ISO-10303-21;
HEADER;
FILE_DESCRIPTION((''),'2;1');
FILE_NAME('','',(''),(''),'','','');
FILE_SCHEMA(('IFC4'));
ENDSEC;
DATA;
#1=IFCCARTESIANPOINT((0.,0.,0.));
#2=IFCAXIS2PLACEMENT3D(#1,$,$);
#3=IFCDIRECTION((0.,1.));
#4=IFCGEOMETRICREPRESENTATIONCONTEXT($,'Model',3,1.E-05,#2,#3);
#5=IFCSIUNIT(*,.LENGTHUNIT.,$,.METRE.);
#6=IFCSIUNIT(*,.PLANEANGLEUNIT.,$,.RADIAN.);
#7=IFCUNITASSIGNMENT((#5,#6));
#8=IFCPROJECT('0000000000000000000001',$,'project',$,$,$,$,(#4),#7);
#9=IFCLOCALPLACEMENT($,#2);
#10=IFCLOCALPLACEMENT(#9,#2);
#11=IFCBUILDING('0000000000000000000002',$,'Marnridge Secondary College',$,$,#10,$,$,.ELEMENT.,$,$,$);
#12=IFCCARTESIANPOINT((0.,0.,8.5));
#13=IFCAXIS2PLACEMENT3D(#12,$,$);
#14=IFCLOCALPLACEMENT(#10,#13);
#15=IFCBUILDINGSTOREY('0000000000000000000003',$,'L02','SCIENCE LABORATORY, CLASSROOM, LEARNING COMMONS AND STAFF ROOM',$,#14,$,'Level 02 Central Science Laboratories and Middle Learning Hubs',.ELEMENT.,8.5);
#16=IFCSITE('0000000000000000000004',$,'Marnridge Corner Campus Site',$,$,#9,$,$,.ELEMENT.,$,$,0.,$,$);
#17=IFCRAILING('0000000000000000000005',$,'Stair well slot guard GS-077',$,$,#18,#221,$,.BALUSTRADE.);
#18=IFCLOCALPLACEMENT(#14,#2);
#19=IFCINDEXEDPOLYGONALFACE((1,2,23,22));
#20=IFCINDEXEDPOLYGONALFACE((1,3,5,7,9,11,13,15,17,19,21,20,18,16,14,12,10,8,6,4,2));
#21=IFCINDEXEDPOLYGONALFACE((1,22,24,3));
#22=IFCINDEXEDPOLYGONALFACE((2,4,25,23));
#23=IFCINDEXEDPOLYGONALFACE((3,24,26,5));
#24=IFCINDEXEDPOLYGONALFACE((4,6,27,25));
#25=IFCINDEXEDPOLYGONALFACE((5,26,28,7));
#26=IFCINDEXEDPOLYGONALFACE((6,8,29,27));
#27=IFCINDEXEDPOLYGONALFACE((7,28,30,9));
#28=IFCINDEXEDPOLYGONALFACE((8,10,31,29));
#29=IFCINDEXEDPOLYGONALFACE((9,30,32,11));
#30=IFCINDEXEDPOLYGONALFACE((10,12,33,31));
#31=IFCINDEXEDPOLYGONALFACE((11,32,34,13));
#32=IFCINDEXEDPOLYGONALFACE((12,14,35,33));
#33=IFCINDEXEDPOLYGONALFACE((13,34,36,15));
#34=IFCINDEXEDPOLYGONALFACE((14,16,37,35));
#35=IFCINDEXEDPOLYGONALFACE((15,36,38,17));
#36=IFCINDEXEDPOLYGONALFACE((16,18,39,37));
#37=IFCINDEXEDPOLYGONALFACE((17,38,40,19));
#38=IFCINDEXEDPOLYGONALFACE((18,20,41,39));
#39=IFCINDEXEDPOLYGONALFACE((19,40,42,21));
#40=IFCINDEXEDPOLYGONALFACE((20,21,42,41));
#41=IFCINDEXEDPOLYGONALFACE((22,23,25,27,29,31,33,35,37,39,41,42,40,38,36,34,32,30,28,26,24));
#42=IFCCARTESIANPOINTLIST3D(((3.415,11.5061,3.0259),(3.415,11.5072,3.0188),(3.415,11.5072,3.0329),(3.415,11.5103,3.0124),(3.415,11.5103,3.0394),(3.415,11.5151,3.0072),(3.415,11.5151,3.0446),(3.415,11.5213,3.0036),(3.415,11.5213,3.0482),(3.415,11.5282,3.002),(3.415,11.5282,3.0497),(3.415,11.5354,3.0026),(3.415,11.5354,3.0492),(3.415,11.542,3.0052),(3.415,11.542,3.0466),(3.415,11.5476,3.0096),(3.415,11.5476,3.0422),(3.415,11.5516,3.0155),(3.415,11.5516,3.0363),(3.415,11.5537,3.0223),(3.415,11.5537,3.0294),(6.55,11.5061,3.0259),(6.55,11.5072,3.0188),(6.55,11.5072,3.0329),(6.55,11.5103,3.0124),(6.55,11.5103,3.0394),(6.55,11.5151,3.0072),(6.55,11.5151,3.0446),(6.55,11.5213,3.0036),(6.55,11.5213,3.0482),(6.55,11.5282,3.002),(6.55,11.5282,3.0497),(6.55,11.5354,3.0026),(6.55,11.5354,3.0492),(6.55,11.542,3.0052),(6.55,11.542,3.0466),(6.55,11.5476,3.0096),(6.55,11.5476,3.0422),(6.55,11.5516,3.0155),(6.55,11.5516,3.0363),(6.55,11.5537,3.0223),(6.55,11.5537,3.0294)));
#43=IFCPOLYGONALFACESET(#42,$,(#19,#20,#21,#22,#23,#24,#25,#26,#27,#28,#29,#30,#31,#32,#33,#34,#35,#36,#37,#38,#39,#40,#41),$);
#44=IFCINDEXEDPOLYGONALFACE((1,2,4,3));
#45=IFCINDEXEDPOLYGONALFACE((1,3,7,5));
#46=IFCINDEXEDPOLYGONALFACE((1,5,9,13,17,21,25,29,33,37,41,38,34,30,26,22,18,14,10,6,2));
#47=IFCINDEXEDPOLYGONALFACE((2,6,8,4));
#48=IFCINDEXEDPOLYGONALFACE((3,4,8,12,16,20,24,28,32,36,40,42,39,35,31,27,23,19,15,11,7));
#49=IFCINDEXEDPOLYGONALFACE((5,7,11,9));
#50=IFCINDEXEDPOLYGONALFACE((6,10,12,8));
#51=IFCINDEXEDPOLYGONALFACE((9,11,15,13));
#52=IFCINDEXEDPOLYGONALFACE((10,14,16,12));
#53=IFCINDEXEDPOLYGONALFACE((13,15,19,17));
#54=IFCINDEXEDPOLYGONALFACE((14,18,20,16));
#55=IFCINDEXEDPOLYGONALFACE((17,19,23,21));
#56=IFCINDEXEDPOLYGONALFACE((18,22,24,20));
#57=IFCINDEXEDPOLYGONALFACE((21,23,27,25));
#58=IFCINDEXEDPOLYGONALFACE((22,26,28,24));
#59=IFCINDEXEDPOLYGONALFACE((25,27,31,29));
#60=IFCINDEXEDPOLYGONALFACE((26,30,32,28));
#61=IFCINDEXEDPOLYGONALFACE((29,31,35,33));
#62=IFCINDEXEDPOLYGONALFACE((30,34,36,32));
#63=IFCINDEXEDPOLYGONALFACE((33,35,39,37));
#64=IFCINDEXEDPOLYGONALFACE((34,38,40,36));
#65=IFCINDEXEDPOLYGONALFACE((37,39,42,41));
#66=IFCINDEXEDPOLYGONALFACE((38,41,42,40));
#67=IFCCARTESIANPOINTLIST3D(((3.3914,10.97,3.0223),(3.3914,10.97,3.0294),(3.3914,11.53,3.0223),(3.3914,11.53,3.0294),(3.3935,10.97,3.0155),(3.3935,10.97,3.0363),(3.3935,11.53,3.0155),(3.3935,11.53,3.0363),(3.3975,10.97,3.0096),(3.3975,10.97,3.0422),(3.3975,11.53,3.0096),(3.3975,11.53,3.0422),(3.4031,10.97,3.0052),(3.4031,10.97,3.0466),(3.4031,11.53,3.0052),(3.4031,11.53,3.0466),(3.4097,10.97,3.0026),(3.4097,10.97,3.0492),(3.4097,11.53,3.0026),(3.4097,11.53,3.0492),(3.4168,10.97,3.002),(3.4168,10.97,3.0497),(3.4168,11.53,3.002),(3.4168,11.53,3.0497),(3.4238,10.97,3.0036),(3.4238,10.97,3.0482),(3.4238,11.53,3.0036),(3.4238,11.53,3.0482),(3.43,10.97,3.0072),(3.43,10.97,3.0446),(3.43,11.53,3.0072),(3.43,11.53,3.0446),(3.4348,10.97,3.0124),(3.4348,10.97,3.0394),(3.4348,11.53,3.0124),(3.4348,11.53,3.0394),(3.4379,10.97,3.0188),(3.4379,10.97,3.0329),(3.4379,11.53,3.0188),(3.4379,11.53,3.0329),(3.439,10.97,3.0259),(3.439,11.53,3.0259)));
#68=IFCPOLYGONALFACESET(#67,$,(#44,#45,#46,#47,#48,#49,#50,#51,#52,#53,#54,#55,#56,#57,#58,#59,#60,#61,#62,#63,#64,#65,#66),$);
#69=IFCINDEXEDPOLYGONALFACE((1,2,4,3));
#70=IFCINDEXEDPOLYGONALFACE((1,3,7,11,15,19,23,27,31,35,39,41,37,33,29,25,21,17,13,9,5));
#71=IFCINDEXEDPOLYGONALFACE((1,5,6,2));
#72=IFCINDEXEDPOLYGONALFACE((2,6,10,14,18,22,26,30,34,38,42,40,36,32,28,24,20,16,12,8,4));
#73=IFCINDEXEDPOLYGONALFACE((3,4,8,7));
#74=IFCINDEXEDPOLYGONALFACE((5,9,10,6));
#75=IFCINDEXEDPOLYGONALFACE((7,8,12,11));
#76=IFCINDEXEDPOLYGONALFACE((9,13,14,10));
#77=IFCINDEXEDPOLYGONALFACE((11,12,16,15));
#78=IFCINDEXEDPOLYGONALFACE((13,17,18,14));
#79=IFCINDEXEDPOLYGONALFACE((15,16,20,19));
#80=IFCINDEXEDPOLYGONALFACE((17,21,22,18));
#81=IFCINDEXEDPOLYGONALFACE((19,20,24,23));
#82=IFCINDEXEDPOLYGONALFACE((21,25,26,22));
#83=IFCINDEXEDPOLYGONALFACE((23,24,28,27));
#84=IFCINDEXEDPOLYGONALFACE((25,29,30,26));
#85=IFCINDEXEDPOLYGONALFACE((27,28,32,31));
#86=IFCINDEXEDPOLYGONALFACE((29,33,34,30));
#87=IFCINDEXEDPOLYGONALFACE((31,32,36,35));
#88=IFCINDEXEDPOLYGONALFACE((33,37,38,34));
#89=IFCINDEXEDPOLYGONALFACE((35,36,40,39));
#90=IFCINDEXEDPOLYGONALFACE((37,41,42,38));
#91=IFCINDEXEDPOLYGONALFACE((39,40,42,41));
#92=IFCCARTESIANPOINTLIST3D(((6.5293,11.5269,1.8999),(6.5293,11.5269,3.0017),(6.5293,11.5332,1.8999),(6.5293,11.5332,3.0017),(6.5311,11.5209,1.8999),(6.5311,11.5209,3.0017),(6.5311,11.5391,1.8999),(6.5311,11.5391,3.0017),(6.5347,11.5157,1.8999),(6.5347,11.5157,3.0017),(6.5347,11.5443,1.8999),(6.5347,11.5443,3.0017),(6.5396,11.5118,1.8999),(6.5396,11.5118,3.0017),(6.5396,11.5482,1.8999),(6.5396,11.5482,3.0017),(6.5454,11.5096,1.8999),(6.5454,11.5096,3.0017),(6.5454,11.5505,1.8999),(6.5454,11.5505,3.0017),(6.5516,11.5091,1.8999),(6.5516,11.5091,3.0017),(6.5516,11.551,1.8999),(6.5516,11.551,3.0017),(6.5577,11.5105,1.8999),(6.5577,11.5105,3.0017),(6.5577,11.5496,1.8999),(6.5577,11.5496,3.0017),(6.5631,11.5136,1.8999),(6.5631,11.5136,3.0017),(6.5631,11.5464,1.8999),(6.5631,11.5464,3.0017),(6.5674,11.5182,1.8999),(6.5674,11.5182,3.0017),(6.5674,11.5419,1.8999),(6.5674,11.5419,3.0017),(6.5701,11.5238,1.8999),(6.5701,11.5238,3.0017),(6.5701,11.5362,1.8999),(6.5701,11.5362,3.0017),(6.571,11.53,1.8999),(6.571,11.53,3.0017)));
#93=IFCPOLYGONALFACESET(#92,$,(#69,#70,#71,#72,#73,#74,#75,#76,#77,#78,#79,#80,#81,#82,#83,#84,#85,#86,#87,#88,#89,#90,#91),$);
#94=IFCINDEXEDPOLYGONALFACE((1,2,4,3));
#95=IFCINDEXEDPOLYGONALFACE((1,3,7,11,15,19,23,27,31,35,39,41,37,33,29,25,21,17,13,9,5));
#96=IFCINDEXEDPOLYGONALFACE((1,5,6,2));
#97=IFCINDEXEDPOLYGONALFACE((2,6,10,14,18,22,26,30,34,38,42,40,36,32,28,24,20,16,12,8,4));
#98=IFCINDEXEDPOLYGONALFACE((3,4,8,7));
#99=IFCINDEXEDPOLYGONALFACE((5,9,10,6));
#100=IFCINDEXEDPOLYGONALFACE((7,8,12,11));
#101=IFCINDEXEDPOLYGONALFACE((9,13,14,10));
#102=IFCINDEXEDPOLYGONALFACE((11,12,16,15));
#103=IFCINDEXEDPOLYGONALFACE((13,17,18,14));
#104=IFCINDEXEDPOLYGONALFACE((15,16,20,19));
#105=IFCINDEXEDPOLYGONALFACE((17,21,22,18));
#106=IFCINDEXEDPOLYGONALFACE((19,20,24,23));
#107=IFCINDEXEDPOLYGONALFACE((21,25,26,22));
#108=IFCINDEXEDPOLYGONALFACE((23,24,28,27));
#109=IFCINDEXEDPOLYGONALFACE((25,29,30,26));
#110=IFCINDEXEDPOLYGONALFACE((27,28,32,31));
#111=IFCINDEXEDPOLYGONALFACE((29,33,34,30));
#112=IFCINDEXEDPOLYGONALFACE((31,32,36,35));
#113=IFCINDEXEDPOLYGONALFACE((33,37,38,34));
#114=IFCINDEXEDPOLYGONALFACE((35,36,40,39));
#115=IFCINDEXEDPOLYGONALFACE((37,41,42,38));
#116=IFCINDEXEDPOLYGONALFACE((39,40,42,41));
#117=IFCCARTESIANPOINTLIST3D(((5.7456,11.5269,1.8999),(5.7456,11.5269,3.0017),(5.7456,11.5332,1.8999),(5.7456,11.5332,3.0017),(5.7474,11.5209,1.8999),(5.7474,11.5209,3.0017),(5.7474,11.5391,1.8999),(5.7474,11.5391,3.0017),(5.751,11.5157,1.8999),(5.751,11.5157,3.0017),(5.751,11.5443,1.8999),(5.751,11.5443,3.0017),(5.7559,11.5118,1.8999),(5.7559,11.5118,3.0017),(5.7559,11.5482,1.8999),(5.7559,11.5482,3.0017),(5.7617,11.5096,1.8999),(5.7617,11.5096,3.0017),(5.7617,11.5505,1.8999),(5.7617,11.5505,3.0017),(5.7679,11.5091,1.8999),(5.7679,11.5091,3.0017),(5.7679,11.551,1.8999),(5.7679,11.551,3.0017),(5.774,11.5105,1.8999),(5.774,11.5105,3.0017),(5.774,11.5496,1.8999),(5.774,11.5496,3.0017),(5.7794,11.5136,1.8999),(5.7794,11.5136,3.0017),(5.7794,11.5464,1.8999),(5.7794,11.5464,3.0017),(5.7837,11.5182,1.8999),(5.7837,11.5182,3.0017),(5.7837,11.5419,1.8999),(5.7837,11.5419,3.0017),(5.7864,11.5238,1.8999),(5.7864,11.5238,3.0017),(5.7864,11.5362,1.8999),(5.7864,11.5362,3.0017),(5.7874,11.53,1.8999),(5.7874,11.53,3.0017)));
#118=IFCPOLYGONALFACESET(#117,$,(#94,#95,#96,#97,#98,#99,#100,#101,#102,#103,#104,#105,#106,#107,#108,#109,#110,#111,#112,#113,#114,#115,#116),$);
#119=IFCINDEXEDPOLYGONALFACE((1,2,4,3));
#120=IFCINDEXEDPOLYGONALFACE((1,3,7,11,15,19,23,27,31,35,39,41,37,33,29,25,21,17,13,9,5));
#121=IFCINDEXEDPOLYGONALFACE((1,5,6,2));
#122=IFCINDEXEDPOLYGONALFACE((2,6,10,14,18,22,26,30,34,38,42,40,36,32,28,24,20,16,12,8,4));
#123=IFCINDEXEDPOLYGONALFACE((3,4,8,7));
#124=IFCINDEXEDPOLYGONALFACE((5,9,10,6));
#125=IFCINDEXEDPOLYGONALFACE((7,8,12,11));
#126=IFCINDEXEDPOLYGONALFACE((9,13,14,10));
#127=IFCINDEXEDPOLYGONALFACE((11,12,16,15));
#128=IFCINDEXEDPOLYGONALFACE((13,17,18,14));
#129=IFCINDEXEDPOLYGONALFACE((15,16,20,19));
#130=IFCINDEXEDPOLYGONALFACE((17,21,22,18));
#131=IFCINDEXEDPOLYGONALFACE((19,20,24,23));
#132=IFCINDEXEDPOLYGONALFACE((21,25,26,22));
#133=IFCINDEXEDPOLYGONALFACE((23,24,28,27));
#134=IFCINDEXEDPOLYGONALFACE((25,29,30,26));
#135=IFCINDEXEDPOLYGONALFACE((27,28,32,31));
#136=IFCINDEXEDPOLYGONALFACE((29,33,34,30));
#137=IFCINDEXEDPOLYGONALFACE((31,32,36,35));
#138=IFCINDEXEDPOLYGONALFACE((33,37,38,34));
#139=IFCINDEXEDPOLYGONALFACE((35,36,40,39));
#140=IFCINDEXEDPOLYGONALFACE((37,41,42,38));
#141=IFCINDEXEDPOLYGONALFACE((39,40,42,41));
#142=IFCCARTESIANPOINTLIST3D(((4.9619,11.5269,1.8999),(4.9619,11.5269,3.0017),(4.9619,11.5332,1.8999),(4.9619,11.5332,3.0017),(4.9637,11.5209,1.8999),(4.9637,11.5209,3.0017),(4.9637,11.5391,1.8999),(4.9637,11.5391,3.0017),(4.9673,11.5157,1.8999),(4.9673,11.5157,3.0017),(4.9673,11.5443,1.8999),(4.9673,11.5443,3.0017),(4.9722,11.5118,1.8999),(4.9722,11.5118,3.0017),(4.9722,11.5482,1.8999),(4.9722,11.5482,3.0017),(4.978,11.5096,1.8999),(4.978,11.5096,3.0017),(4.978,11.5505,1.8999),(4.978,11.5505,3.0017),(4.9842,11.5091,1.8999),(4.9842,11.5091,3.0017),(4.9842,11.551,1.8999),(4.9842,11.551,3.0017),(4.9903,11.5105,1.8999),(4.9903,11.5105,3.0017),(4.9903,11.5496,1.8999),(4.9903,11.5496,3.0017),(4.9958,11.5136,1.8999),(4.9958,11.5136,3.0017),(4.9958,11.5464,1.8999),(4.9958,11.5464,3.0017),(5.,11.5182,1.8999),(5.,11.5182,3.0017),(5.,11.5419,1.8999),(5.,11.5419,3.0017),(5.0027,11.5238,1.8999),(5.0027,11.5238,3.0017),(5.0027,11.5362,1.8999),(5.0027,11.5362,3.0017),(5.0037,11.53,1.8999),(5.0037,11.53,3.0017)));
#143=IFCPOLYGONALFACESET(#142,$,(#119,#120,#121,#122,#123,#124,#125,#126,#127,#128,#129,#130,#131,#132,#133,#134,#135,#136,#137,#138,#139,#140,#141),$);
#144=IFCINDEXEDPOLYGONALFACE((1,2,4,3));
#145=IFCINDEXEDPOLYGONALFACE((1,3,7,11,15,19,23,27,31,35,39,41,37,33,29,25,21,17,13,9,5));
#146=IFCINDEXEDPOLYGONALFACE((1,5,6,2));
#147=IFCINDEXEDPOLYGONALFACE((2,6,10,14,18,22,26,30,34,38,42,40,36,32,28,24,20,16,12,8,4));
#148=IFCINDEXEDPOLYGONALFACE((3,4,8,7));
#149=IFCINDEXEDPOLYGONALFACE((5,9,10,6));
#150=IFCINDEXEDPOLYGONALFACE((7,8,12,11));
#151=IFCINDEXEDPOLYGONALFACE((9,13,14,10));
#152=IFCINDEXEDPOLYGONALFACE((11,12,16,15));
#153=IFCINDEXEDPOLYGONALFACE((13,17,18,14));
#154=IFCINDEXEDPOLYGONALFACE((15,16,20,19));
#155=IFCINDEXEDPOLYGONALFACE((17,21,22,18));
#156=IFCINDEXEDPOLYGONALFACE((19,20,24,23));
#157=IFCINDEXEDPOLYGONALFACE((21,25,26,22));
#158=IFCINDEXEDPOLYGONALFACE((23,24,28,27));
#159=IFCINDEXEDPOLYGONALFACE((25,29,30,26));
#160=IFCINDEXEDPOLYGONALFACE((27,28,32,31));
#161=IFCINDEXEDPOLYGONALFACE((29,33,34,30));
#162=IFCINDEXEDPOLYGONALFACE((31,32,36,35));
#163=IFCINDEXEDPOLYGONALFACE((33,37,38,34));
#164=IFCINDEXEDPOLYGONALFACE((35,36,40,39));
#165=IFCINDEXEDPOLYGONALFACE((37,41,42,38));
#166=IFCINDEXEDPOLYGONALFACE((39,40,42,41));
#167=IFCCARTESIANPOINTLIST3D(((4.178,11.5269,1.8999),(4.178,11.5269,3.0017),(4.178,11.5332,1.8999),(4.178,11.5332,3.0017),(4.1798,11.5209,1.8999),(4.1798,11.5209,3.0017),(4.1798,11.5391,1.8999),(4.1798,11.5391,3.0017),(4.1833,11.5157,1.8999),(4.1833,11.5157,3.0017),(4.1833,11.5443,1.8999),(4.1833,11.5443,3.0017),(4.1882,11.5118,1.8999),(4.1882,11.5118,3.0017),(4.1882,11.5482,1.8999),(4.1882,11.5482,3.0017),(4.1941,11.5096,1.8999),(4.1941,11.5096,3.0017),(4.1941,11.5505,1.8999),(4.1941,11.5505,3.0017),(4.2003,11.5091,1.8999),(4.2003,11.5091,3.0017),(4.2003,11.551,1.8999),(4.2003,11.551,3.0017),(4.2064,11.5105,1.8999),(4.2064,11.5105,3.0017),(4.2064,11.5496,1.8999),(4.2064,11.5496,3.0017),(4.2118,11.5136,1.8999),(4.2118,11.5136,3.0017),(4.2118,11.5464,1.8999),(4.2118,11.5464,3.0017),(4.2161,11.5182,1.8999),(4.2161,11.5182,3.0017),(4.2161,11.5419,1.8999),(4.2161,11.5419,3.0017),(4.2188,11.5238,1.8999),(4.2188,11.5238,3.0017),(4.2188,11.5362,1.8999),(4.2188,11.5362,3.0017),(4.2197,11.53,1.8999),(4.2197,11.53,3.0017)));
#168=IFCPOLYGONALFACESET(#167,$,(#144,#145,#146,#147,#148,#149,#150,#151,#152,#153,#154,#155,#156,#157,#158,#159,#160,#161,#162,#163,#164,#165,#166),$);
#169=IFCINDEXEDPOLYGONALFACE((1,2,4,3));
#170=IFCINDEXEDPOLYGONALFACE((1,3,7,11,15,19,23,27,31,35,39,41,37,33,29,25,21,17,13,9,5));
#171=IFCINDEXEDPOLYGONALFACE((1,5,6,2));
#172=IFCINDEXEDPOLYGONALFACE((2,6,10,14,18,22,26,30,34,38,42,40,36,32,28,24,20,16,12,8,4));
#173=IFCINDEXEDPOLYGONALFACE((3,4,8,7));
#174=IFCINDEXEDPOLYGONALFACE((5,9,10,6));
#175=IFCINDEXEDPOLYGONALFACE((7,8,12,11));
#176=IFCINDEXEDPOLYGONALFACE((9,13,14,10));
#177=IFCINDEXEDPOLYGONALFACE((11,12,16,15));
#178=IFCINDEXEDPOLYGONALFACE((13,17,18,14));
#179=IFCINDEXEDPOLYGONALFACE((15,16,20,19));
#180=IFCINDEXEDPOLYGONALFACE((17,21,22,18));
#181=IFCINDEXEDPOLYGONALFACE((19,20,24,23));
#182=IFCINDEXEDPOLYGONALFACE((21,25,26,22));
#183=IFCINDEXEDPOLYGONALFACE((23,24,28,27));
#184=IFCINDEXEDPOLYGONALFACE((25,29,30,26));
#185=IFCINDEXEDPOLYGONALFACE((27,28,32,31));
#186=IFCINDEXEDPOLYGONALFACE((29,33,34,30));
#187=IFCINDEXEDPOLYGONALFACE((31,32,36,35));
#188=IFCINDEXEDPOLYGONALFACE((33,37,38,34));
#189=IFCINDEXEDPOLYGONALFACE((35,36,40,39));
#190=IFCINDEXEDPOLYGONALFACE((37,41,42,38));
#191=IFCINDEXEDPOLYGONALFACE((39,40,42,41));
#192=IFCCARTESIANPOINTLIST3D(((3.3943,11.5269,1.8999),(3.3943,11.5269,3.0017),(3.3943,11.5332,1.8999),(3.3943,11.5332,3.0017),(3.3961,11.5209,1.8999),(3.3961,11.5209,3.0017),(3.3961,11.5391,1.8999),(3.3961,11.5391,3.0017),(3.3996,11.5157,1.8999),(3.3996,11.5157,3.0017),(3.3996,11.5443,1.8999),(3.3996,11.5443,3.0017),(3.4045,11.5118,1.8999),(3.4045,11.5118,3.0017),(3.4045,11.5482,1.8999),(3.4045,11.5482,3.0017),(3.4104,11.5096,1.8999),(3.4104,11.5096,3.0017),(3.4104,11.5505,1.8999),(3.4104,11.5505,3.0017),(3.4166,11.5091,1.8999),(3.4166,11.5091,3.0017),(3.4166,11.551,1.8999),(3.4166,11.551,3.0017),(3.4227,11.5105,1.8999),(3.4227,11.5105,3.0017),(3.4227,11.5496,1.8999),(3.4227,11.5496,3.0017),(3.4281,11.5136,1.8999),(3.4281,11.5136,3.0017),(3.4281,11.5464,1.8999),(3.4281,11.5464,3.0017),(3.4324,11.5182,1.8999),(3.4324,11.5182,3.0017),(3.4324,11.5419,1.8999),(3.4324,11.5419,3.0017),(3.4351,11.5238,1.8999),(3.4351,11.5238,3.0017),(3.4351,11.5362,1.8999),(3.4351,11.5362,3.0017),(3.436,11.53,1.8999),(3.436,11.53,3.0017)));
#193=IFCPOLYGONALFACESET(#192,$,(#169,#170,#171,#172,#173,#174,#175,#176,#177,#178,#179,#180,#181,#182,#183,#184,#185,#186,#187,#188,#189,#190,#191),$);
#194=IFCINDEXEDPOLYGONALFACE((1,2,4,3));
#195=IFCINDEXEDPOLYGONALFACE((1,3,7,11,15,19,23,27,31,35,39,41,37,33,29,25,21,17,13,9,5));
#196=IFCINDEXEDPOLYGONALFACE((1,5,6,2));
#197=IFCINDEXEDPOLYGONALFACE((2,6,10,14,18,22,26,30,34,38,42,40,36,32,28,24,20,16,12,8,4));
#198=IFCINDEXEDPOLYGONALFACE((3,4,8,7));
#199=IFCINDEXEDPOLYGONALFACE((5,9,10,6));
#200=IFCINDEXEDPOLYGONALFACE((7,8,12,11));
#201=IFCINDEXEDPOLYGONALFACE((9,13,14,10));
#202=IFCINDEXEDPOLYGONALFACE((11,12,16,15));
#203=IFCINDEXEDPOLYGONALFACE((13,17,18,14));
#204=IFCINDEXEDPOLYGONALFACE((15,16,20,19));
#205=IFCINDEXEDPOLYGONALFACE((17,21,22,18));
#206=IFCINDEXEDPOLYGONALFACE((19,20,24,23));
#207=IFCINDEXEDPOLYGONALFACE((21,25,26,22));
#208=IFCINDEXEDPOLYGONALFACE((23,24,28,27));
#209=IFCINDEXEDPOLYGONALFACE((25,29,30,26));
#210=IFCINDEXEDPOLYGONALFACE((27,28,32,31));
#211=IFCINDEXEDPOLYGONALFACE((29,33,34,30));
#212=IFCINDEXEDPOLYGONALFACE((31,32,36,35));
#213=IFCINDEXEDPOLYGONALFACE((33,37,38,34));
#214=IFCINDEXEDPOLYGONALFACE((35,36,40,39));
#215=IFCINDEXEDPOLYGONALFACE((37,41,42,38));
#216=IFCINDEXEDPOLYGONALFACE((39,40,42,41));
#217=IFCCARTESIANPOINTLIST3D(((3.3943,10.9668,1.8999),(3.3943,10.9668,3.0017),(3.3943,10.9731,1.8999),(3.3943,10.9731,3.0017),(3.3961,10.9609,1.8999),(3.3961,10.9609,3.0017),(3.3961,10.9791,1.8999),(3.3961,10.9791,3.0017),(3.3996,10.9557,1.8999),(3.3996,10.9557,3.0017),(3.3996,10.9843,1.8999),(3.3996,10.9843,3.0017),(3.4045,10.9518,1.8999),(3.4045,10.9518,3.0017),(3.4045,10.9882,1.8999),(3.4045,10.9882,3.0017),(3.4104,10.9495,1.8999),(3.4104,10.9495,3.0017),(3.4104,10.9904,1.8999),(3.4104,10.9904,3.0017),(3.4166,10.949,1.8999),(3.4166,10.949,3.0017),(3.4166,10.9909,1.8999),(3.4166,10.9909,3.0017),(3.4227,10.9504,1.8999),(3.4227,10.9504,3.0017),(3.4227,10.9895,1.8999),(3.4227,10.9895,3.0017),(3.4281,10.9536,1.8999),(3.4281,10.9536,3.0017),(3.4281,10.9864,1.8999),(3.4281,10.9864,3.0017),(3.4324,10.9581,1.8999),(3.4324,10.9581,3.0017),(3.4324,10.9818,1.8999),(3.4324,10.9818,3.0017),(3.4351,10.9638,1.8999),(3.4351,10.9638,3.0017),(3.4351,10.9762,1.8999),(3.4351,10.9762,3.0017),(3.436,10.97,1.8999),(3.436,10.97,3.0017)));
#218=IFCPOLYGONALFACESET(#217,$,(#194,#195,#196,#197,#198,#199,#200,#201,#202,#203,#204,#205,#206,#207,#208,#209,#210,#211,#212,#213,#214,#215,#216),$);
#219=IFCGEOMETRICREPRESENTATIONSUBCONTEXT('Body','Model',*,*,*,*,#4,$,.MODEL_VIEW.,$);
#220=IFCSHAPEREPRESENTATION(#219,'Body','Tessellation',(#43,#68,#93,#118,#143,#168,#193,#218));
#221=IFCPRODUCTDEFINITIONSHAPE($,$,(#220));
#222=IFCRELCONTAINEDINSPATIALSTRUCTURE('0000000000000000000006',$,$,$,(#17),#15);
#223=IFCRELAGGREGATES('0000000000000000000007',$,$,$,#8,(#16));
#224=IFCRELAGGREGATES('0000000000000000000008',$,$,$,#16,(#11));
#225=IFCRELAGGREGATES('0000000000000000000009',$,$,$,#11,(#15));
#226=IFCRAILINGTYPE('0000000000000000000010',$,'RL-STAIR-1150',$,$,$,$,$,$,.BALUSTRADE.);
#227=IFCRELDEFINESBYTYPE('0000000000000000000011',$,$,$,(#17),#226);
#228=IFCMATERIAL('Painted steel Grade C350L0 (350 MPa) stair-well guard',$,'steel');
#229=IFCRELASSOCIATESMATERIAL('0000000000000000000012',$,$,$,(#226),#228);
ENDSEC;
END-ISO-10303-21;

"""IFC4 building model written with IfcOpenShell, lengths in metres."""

from ifc_helpers import new_model, si_unit, direction, frame, origin, origin_2d, place, context, subcontext, project, spatial, circle, extrude, material, type_object, element, save


model = new_model("IFC4")

# Units and contexts
model_context = context("Model", 3, precision=1e-05, world=origin(), true_north=direction((0.0, 1.0)))
body_context = subcontext(model_context, "Body", "Model", "MODEL_VIEW")
ifc_project = project(units=[si_unit("LENGTHUNIT", "METRE"), si_unit("PLANEANGLEUNIT", "RADIAN")], contexts=[model_context])

# Site, building, storey
site_placement = place(None, origin())
site = spatial("IfcSite", under=ifc_project, at=site_placement, Name="Marnridge Corner Campus Site", CompositionType="ELEMENT", RefElevation=0.0)
building_placement = place(site_placement, origin())
building = spatial("IfcBuilding", under=site, at=building_placement, Name="Marnridge Secondary College", CompositionType="ELEMENT")
storey_placement = place(building_placement, frame((0.0, 0.0, 8.5)))
storey = spatial("IfcBuildingStorey", under=building, at=storey_placement, Name="L02", Description="SCIENCE LABORATORY, CLASSROOM, LEARNING COMMONS AND STAFF ROOM", LongName="Level 02 Central Science Laboratories and Middle Learning Hubs", CompositionType="ELEMENT", Elevation=8.5)

# Railing
ifc_material_1 = material(Name="Painted steel Grade C350L0 (350 MPa) stair-well guard", Category="steel")
railing_type_1 = type_object("IfcRailingType", Name="RL-STAIR-1150", PredefinedType="BALUSTRADE", material=ifc_material_1)
railing_1_placement = place(storey_placement, frame((6.55, 11.53, 1.8999)))
element("IfcRailing", 1, at=railing_1_placement, inside=storey, type_object=railing_type_1, Name="Stair well slot guard GS-077", PredefinedType="BALUSTRADE", context=body_context, shape_type="SweptSolid", body=[
    extrude(circle(Radius=0.0239, at=origin_2d()), frame((0.0, 0.0, 1.126), z_axis=(-1.0, 0.0, 0.0), x_axis=(0.0, -1.0, 0.0)), (0.0, 0.0, 1.0), 3.135),
    extrude(circle(Radius=0.0239, at=origin_2d()), frame((-3.135, 0.0, 1.126), z_axis=(0.0, -1.0, 0.0), x_axis=(1.0, 0.0, 0.0)), (0.0, 0.0, 1.0), 0.5601),
    extrude(circle(Radius=0.021, at=origin_2d()), origin(), (0.0, 0.0, 1.0), 1.1018),
    extrude(circle(Radius=0.021, at=origin_2d()), frame((-0.7837, 0.0, 0.0)), (0.0, 0.0, 1.0), 1.1018),
    extrude(circle(Radius=0.021, at=origin_2d()), frame((-1.5674, 0.0, 0.0)), (0.0, 0.0, 1.0), 1.1018),
    extrude(circle(Radius=0.021, at=origin_2d()), frame((-2.3513, 0.0, 0.0)), (0.0, 0.0, 1.0), 1.1018),
    extrude(circle(Radius=0.021, at=origin_2d()), frame((-3.135, 0.0, 0.0)), (0.0, 0.0, 1.0), 1.1018),
    extrude(circle(Radius=0.021, at=origin_2d()), frame((-3.135, -0.5601, 0.0)), (0.0, 0.0, 1.0), 1.1018),
])

save(model, "model.ifc")
